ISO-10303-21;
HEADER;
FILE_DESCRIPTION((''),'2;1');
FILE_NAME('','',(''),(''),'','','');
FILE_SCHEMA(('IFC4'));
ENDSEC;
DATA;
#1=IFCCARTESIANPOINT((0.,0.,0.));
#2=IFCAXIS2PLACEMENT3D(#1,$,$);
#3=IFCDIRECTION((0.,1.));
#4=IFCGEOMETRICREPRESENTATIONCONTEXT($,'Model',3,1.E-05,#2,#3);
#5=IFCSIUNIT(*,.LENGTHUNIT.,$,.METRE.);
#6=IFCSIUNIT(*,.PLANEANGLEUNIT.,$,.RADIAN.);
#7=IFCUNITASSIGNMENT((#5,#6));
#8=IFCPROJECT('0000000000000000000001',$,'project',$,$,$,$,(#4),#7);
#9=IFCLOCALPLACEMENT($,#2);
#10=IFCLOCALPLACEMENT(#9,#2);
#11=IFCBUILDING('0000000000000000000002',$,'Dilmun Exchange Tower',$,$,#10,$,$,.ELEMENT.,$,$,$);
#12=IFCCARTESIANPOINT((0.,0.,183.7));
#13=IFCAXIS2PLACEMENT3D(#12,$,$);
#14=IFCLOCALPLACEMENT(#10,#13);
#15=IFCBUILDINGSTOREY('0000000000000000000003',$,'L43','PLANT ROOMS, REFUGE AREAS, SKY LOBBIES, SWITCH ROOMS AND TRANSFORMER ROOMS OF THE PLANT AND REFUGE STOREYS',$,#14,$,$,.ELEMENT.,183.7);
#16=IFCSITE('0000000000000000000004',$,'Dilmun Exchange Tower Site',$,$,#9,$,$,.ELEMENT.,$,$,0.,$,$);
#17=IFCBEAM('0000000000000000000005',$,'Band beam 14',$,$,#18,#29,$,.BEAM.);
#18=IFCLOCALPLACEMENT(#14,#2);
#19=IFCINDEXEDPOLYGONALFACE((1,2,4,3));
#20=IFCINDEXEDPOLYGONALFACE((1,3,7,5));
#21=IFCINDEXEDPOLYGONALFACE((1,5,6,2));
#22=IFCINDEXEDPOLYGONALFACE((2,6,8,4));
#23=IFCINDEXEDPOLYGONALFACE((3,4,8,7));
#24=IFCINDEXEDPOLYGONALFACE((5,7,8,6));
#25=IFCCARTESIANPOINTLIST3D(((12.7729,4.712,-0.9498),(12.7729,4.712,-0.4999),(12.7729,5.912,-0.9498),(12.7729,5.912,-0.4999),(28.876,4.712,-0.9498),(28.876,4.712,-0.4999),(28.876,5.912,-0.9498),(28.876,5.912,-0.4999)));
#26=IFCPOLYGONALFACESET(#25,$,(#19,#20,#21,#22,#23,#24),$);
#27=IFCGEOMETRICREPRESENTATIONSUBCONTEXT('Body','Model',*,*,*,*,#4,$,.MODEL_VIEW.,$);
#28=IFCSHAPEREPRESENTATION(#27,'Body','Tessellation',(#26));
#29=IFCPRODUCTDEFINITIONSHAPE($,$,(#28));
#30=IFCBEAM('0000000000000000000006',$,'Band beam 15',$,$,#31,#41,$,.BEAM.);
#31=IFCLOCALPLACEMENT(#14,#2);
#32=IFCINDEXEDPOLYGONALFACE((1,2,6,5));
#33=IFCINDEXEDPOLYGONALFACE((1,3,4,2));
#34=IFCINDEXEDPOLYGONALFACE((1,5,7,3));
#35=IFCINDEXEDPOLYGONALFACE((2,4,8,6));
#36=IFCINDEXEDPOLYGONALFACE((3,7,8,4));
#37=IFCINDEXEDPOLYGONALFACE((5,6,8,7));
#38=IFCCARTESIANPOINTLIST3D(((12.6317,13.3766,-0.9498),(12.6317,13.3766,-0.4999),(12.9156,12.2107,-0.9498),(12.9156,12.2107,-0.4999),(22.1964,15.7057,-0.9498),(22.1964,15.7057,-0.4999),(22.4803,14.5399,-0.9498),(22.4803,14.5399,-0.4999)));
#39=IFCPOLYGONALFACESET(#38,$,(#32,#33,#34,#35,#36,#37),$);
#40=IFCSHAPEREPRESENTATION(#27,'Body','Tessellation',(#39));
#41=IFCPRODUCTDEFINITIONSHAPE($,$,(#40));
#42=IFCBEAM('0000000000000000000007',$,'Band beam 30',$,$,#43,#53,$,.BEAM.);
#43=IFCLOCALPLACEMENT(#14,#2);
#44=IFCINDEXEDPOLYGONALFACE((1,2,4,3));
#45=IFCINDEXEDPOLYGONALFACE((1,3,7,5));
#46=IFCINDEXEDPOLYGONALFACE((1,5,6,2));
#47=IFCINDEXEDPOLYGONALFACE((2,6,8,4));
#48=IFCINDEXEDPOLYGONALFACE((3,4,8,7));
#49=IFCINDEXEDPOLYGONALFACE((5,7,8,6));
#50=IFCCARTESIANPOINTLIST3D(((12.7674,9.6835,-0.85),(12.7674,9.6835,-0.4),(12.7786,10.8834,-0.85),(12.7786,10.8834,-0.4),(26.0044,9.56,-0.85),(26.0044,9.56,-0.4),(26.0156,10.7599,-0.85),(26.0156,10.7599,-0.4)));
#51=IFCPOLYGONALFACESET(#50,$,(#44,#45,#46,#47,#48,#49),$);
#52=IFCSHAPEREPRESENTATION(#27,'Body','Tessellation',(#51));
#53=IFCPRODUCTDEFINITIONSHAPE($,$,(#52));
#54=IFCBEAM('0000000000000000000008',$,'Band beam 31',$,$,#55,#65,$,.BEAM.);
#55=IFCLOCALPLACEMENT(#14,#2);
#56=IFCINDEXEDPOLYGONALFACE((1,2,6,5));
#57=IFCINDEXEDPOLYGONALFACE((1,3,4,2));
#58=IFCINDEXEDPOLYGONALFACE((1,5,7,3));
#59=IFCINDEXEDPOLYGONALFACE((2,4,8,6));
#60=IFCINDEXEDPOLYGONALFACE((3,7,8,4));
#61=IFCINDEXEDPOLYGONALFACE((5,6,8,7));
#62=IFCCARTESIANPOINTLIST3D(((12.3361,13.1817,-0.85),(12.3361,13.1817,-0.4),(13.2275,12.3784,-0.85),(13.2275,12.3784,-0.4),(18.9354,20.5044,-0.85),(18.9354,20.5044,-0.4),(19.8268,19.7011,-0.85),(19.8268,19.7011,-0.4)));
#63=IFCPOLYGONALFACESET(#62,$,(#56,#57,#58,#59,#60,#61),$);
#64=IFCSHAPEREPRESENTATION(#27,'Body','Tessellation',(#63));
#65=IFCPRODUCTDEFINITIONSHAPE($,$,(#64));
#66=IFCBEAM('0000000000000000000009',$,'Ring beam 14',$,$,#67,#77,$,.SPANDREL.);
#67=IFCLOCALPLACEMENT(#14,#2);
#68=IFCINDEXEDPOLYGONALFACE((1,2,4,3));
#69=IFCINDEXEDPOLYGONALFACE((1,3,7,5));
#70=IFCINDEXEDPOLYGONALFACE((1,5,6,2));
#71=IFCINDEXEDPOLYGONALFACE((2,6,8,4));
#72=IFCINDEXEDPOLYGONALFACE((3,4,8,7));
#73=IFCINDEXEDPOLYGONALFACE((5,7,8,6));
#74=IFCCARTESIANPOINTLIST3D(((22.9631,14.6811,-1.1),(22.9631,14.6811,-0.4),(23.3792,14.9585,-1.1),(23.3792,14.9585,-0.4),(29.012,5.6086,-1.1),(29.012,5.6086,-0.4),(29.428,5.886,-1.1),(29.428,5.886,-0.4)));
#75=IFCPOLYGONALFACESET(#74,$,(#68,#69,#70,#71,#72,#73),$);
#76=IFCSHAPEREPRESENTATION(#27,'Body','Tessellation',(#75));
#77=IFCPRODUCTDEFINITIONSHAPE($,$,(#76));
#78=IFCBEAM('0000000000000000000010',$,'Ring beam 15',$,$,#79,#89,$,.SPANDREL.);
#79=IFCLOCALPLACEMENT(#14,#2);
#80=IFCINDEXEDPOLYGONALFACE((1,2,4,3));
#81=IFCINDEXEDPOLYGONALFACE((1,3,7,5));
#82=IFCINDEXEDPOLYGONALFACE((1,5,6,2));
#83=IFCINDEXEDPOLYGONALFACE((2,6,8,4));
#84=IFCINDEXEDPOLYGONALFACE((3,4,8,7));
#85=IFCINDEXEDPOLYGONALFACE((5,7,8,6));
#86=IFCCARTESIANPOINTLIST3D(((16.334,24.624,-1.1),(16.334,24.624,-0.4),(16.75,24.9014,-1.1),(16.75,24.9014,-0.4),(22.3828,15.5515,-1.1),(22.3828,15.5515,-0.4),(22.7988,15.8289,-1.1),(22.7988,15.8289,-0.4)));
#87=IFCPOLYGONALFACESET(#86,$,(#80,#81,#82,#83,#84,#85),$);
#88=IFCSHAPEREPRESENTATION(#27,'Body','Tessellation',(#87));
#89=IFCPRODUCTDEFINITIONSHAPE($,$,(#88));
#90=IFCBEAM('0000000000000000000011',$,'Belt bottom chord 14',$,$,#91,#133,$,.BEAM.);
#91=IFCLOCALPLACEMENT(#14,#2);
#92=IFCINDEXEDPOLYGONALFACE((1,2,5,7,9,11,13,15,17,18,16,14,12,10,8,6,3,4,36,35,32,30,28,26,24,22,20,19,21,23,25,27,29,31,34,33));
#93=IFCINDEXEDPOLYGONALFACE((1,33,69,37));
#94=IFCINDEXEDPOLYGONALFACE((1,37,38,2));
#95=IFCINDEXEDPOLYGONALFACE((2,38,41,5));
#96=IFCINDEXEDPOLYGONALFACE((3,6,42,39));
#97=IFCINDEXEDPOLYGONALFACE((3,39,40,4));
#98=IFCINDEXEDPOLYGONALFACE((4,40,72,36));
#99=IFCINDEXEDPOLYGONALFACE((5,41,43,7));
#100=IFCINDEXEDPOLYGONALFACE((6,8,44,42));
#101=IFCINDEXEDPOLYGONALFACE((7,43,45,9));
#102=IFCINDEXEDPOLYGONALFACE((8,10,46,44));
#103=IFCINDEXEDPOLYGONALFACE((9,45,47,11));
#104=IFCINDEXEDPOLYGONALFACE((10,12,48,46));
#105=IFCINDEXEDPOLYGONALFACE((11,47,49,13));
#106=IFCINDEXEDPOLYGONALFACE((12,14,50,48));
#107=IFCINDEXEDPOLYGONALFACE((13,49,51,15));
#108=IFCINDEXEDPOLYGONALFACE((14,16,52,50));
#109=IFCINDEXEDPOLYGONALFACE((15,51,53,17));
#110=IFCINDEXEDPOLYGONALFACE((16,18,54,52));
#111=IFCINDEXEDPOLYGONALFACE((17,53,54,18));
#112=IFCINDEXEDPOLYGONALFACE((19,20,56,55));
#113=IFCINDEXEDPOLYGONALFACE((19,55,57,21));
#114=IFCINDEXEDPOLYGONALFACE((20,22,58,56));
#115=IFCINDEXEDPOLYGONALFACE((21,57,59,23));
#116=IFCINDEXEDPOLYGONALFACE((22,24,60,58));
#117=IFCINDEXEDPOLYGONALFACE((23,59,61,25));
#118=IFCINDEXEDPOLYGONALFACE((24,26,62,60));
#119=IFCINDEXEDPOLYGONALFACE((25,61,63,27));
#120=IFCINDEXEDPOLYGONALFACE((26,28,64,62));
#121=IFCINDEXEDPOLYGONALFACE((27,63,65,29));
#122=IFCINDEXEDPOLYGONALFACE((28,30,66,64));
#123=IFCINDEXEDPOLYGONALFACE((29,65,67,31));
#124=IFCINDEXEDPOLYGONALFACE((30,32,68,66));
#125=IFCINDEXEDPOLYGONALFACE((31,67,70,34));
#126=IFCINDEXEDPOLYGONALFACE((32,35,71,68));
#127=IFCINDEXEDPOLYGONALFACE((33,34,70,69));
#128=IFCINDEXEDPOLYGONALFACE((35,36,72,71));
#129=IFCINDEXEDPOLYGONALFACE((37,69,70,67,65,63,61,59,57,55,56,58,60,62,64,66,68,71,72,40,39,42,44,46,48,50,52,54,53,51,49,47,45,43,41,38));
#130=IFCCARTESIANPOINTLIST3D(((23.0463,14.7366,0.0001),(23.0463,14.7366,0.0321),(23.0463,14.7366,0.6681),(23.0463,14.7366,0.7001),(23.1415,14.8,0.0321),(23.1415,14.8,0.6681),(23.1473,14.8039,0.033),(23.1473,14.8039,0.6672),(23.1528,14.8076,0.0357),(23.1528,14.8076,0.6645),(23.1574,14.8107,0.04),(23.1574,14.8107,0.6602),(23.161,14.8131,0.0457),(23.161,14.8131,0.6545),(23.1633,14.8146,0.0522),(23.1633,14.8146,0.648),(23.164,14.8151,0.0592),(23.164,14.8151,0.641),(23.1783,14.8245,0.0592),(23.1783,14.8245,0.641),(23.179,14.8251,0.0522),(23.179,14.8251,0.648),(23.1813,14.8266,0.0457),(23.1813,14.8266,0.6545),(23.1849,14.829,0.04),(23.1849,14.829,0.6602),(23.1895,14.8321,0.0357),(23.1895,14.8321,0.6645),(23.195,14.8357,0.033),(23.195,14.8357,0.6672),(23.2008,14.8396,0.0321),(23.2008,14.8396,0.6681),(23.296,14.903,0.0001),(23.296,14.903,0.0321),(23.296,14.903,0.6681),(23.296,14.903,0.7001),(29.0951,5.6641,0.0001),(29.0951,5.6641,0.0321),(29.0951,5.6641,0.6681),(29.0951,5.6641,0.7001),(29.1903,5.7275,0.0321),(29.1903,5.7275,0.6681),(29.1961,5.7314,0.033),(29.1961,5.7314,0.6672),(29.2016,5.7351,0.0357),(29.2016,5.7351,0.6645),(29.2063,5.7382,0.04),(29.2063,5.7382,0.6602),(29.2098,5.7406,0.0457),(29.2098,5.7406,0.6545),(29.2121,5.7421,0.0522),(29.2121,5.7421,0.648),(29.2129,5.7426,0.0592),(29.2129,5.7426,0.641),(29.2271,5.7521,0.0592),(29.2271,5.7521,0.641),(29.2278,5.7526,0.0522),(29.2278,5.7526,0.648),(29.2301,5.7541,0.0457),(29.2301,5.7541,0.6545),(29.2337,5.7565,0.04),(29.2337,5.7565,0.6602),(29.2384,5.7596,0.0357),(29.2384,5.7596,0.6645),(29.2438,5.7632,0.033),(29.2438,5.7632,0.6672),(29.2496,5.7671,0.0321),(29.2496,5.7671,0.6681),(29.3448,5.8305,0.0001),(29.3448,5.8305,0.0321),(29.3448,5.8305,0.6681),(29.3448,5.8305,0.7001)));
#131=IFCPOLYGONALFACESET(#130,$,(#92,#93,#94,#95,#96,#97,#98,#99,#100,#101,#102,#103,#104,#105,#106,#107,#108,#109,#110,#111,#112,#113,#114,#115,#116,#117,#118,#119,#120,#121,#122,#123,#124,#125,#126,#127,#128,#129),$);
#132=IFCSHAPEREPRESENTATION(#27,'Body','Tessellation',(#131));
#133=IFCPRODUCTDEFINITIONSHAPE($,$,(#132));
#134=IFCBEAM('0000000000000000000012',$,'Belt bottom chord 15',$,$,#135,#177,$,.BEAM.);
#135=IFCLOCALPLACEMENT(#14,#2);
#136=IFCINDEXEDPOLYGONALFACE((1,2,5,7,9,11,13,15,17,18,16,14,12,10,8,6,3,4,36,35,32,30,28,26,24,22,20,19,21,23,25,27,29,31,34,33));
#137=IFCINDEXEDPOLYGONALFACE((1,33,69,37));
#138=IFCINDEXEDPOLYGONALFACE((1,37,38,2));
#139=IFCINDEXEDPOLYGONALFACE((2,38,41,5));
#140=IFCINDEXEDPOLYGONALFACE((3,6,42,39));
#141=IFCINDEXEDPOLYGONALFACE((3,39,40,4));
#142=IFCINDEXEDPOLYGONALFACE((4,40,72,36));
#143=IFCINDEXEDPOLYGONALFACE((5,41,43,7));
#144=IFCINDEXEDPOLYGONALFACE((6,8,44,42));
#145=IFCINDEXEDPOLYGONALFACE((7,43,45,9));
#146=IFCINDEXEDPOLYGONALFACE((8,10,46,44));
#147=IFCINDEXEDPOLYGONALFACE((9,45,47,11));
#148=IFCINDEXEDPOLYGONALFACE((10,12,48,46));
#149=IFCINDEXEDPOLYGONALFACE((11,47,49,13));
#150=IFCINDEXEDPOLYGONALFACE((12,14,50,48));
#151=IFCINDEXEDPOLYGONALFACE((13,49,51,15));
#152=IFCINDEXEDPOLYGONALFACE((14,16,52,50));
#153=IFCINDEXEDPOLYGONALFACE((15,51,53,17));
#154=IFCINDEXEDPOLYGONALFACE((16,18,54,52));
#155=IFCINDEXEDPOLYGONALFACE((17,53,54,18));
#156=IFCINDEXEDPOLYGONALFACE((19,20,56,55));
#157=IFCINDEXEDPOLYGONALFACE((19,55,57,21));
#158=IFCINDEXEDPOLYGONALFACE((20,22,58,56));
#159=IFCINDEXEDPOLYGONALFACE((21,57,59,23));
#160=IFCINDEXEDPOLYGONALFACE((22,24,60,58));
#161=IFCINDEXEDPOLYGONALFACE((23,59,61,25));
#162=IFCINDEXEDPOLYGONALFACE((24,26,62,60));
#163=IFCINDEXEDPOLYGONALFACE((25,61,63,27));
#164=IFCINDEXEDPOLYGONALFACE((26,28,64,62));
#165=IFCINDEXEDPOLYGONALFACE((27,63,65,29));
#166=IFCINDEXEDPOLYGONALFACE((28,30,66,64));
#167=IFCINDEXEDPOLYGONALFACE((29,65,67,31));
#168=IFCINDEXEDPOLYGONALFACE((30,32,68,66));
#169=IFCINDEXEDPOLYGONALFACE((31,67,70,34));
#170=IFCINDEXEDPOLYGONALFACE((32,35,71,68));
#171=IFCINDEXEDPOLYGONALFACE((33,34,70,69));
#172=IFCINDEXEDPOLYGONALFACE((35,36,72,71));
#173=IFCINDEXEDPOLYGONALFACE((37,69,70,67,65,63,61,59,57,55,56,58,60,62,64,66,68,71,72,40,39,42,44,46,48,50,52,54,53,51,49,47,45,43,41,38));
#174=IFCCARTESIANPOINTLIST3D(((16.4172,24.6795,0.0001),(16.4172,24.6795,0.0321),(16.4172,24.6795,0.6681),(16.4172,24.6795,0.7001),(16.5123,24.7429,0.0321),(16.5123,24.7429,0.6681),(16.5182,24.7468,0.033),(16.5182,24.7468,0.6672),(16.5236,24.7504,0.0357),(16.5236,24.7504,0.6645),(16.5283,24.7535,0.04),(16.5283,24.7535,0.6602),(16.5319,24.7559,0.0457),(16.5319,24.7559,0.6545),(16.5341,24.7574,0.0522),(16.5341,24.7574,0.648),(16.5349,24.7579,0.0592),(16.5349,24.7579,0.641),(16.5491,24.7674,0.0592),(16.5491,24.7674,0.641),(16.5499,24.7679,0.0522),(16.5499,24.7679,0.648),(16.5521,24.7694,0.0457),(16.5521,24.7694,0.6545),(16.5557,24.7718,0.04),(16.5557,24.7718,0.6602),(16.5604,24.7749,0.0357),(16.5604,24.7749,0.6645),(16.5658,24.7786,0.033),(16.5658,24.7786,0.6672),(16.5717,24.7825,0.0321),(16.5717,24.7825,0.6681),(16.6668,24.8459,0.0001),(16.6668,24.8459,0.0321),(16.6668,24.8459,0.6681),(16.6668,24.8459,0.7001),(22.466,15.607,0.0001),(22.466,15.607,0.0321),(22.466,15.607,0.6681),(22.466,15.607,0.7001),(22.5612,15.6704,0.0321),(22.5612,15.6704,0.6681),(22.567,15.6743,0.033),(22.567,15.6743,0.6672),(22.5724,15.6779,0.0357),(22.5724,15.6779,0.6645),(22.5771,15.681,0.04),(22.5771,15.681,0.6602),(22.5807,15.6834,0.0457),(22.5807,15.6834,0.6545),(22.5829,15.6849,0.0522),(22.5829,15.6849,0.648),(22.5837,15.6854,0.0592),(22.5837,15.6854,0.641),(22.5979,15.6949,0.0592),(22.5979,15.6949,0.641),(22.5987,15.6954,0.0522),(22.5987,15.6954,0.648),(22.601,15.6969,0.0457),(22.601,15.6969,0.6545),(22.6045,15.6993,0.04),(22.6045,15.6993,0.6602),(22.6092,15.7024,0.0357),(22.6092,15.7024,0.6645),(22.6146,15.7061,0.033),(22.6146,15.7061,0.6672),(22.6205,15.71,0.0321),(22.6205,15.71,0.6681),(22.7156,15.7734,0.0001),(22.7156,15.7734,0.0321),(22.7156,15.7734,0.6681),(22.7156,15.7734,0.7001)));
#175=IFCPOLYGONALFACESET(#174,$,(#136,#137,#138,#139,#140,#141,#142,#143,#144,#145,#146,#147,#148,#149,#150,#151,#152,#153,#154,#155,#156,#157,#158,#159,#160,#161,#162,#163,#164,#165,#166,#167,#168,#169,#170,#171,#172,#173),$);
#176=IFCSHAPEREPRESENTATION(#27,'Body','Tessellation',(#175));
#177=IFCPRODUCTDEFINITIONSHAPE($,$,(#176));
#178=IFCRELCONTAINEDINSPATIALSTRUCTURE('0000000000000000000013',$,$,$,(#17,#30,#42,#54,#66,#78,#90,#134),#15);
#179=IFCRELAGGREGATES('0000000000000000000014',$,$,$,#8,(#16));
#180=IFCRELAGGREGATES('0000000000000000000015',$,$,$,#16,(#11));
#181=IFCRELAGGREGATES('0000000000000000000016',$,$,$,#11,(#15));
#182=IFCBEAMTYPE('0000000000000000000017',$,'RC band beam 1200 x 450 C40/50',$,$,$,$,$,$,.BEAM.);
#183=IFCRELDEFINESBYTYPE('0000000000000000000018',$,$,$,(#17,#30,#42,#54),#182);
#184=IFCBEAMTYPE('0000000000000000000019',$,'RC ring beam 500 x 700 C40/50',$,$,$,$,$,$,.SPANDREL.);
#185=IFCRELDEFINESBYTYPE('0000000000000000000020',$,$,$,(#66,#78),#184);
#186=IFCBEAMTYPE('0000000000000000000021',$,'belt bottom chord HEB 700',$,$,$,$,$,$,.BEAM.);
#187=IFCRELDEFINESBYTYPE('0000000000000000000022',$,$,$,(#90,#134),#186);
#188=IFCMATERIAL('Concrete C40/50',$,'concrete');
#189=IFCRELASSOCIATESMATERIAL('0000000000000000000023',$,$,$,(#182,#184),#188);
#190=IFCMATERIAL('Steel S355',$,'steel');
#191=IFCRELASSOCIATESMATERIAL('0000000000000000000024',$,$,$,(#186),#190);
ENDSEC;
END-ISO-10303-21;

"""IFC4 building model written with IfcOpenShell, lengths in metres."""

from ifc_helpers import new_model, si_unit, direction, frame, origin, origin_2d, place, context, subcontext, project, spatial, rectangle, i_section, extrude, material, material_profile, profile_set, type_object, element, save


model = new_model("IFC4")

# Units and contexts
model_context = context("Model", 3, precision=1e-05, world=origin(), true_north=direction((0.0, 1.0)))
body_context = subcontext(model_context, "Body", "Model", "MODEL_VIEW")
ifc_project = project(units=[si_unit("LENGTHUNIT", "METRE"), si_unit("PLANEANGLEUNIT", "RADIAN")], contexts=[model_context])

# Site, building, storey
site_placement = place(None, origin())
site = spatial("IfcSite", under=ifc_project, at=site_placement, Name="Dilmun Exchange Tower Site", CompositionType="ELEMENT", RefElevation=0.0)
building_placement = place(site_placement, origin())
building = spatial("IfcBuilding", under=site, at=building_placement, Name="Dilmun Exchange Tower", CompositionType="ELEMENT")
storey_placement = place(building_placement, frame((0.0, 0.0, 183.7)))
storey = spatial("IfcBuildingStorey", under=building, at=storey_placement, Name="L43", Description="PLANT ROOMS, REFUGE AREAS, SKY LOBBIES, SWITCH ROOMS AND TRANSFORMER ROOMS OF THE PLANT AND REFUGE STOREYS", CompositionType="ELEMENT", Elevation=183.7)

# Beams
ifc_material_1 = material(Name="Concrete C40/50", Category="concrete")
ifc_material_profile_1 = material_profile(ifc_material_1, rectangle(XDim=1.2, YDim=0.45, at=origin_2d()), Name="1200 x 450")
ifc_profile_set_1 = profile_set([ifc_material_profile_1], Name="Concrete C40/50")
beam_type_1 = type_object("IfcBeamType", Name="RC band beam 1200 x 450 C40/50", PredefinedType="BEAM", material=ifc_profile_set_1)
beam_1_placement = place(storey_placement, frame((28.876, 5.312, -0.7249), z_axis=(-1.0, 0.0, 0.0), x_axis=(0.0, -1.0, 0.0)))
element("IfcBeam", 1, at=beam_1_placement, inside=storey, type_object=beam_type_1, Name="Band beam 14", PredefinedType="BEAM", context=body_context, shape_type="SweptSolid", body=[
    extrude(rectangle(XDim=1.2, YDim=0.45, at=origin_2d()), origin(), (0.0, 0.0, 1.0), 16.103),
])
beam_2_placement = place(storey_placement, frame((22.3384, 15.1228, -0.7249), z_axis=(-0.971608, -0.236596, 0.0), x_axis=(0.236596, -0.971608, 0.0)))
element("IfcBeam", 2, at=beam_2_placement, inside=storey, type_object=beam_type_1, Name="Band beam 15", PredefinedType="BEAM", context=body_context, shape_type="SweptSolid", body=[
    extrude(rectangle(XDim=1.2, YDim=0.45, at=origin_2d()), origin(), (0.0, 0.0, 1.0), 9.8442),
])
beam_3_placement = place(storey_placement, frame((26.01, 10.1599, -0.625), z_axis=(-0.999956, 0.009332, 0.0), x_axis=(-0.009332, -0.999956, 0.0)))
element("IfcBeam", 3, at=beam_3_placement, inside=storey, type_object=beam_type_1, Name="Band beam 30", PredefinedType="BEAM", context=body_context, shape_type="SweptSolid", body=[
    extrude(rectangle(XDim=1.2, YDim=0.45, at=origin_2d()), origin(), (0.0, 0.0, 1.0), 13.2375),
])
beam_4_placement = place(storey_placement, frame((19.3811, 20.1028, -0.625), z_axis=(-0.669463, -0.742846, 0.0), x_axis=(0.742846, -0.669463, 0.0)))
element("IfcBeam", 4, at=beam_4_placement, inside=storey, type_object=beam_type_1, Name="Band beam 31", PredefinedType="BEAM", context=body_context, shape_type="SweptSolid", body=[
    extrude(rectangle(XDim=1.2, YDim=0.45, at=origin_2d()), origin(), (0.0, 0.0, 1.0), 9.8577),
])
ifc_material_profile_2 = material_profile(ifc_material_1, rectangle(XDim=0.5, YDim=0.7, at=origin_2d()), Name="500 x 700")
ifc_profile_set_2 = profile_set([ifc_material_profile_2], Name="Concrete C40/50")
beam_type_2 = type_object("IfcBeamType", Name="RC ring beam 500 x 700 C40/50", PredefinedType="SPANDREL", material=ifc_profile_set_2)
for number, where, z_axis, x_axis, name in (
    (5, (29.22, 5.7473, -0.75), (-0.554731, 0.83203, 0.0), (-0.83203, -0.554731, 0.0), "Ring beam 14"),
    (6, (22.5908, 15.6902, -0.75), (-0.554731, 0.83203, 0.0), (-0.83203, -0.554731, 0.0), "Ring beam 15"),
):
    element("IfcBeam", number, at=place(storey_placement, frame(where, z_axis=z_axis, x_axis=x_axis)), inside=storey, type_object=beam_type_2, Name=name, PredefinedType="SPANDREL", context=body_context, shape_type="SweptSolid", body=[
        extrude(rectangle(XDim=0.5, YDim=0.7, at=origin_2d()), origin(), (0.0, 0.0, 1.0), 10.9041),
    ])
ifc_material_2 = material(Name="Steel S355", Category="steel")
ifc_material_profile_3 = material_profile(ifc_material_2, i_section(OverallWidth=0.3, OverallDepth=0.7, WebThickness=0.0171, FlangeThickness=0.032, FilletRadius=0.0271, at=origin_2d()), Name="HEB 700")
ifc_profile_set_3 = profile_set([ifc_material_profile_3], Name="Steel S355")
beam_type_3 = type_object("IfcBeamType", Name="belt bottom chord HEB 700", PredefinedType="BEAM", material=ifc_profile_set_3)
for number, where, z_axis, x_axis, name in (
    (7, (29.22, 5.7473, 0.3501), (-0.554731, 0.83203, 0.0), (-0.83203, -0.554731, 0.0), "Belt bottom chord 14"),
    (8, (22.5908, 15.6902, 0.3501), (-0.554731, 0.83203, 0.0), (-0.83203, -0.554731, 0.0), "Belt bottom chord 15"),
):
    element("IfcBeam", number, at=place(storey_placement, frame(where, z_axis=z_axis, x_axis=x_axis)), inside=storey, type_object=beam_type_3, Name=name, PredefinedType="BEAM", context=body_context, shape_type="SweptSolid", body=[
        extrude(i_section(OverallWidth=0.3, OverallDepth=0.7, WebThickness=0.0171, FlangeThickness=0.032, FilletRadius=0.0271, at=origin_2d()), origin(), (0.0, 0.0, 1.0), 10.9041),
    ])

save(model, "model.ifc")
